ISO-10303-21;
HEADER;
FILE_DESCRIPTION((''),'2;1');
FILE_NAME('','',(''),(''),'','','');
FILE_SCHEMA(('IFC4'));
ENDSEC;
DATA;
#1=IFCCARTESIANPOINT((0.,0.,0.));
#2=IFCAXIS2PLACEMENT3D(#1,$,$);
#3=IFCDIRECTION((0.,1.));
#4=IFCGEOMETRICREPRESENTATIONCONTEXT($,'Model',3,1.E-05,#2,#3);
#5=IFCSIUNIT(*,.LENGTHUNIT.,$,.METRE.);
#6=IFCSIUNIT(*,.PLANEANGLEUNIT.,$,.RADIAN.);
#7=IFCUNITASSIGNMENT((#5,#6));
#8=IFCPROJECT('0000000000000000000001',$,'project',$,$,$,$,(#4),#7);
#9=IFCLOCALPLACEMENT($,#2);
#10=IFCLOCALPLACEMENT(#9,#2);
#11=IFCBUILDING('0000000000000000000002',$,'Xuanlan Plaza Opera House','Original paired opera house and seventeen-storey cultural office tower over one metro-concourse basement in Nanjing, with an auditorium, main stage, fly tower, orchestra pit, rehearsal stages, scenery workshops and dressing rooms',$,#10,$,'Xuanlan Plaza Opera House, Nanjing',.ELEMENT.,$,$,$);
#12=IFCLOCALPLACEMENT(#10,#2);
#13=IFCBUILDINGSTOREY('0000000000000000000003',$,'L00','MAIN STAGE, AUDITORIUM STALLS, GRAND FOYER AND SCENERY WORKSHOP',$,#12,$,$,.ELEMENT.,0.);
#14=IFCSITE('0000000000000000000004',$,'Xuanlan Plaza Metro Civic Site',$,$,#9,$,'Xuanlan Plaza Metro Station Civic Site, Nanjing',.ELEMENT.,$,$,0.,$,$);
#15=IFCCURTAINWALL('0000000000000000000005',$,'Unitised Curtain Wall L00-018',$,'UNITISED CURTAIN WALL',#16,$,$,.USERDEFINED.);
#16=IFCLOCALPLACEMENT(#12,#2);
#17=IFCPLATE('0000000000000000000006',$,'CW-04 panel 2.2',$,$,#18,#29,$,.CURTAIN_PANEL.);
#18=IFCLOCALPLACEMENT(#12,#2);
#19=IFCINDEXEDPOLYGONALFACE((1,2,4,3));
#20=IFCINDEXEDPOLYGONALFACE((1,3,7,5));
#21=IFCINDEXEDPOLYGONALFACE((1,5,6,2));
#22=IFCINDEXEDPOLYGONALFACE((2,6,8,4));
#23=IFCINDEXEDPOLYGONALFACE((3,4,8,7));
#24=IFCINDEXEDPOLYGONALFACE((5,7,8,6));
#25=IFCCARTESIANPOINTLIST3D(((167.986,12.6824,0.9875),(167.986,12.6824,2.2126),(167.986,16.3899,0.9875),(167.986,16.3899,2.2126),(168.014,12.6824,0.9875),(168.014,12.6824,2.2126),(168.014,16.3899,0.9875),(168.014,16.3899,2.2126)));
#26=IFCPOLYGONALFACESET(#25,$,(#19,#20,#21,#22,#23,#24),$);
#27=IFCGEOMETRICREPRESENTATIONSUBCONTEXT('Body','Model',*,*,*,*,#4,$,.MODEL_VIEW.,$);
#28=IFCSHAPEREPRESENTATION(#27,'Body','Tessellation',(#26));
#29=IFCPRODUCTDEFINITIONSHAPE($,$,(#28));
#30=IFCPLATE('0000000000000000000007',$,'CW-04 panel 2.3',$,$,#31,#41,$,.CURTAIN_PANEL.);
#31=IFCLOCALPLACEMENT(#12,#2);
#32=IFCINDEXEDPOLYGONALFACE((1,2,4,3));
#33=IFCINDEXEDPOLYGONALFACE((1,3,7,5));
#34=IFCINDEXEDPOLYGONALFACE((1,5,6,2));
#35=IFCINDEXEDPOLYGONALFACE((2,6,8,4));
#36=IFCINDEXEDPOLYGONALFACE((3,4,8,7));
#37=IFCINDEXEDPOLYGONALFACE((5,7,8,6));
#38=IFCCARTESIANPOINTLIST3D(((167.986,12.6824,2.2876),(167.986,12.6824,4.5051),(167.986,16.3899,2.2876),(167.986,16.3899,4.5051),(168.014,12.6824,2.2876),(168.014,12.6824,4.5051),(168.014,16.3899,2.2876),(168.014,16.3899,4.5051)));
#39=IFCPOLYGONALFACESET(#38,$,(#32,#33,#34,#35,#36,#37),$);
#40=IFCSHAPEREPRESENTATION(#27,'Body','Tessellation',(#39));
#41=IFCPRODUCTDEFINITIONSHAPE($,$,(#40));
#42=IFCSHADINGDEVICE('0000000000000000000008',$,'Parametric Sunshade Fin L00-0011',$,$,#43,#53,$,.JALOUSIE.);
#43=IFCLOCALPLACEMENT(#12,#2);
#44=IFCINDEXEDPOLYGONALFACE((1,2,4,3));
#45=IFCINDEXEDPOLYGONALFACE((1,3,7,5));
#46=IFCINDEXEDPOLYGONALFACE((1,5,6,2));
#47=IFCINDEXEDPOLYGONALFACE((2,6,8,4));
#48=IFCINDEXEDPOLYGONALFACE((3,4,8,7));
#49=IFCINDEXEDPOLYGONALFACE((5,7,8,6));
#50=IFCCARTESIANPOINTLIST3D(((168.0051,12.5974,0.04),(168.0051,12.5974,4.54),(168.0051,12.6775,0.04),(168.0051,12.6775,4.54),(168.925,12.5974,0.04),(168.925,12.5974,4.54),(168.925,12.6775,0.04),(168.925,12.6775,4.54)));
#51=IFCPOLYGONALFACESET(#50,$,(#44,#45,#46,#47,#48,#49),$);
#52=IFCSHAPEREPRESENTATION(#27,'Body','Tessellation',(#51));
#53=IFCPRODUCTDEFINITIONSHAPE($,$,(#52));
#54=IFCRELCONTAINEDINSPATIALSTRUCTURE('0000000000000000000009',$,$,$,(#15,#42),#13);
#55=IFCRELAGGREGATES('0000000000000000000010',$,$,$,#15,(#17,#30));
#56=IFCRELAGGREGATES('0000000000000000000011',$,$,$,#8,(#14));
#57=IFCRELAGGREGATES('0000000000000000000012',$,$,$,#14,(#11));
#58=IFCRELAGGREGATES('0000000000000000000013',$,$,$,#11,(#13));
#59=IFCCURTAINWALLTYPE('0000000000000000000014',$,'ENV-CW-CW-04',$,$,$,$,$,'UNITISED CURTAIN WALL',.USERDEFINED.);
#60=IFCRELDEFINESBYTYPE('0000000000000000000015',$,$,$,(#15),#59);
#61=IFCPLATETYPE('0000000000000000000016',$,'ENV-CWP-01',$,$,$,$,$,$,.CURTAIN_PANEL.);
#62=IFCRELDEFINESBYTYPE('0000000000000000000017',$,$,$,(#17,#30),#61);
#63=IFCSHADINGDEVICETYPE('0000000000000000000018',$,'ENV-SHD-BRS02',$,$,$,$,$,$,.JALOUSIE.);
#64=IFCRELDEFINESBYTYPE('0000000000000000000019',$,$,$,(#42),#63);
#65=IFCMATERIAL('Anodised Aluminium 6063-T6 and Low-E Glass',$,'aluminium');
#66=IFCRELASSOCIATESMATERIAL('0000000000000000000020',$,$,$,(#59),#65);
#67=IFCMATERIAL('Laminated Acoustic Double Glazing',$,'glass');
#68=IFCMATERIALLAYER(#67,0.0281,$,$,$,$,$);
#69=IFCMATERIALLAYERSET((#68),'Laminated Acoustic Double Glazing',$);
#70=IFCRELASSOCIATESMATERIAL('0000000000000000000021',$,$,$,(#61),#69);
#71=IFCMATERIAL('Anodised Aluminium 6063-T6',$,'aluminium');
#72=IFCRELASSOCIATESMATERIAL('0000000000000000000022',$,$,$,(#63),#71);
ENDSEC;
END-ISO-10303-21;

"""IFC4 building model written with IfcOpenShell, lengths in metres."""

from ifc_helpers import new_model, si_unit, direction, frame, origin, origin_2d, place, context, subcontext, project, spatial, rectangle, extrude, material, layer, layer_set, type_object, element, aggregate, save


model = new_model("IFC4")

# Units and contexts
model_context = context("Model", 3, precision=1e-05, world=origin(), true_north=direction((0.0, 1.0)))
body_context = subcontext(model_context, "Body", "Model", "MODEL_VIEW")
ifc_project = project(units=[si_unit("LENGTHUNIT", "METRE"), si_unit("PLANEANGLEUNIT", "RADIAN")], contexts=[model_context])

# Site, building, storey
site_placement = place(None, origin())
site = spatial("IfcSite", under=ifc_project, at=site_placement, Name="Xuanlan Plaza Metro Civic Site", LongName="Xuanlan Plaza Metro Station Civic Site, Nanjing", CompositionType="ELEMENT", RefElevation=0.0)
building_placement = place(site_placement, origin())
building = spatial("IfcBuilding", under=site, at=building_placement, Name="Xuanlan Plaza Opera House", Description="Original paired opera house and seventeen-storey cultural office tower over one metro-concourse basement in Nanjing, with an auditorium, main stage, fly tower, orchestra pit, rehearsal stages, scenery workshops and dressing rooms", LongName="Xuanlan Plaza Opera House, Nanjing", CompositionType="ELEMENT")
storey_placement = place(building_placement, origin())
storey = spatial("IfcBuildingStorey", under=building, at=storey_placement, Name="L00", Description="MAIN STAGE, AUDITORIUM STALLS, GRAND FOYER AND SCENERY WORKSHOP", CompositionType="ELEMENT", Elevation=0.0)

# Shared definitions
ifc_material_1 = material(Name="Anodised Aluminium 6063-T6 and Low-E Glass", Category="aluminium")
ifc_material_2 = material(Name="Anodised Aluminium 6063-T6", Category="aluminium")

# Curtain wall
curtain_wall_type_1 = type_object("IfcCurtainWallType", Name="ENV-CW-CW-04", ElementType="UNITISED CURTAIN WALL", PredefinedType="USERDEFINED", material=ifc_material_1)
curtain_wall_1_placement = place(storey_placement, origin())
curtain_wall_1 = element("IfcCurtainWall", 1, at=curtain_wall_1_placement, inside=storey, type_object=curtain_wall_type_1, Name="Unitised Curtain Wall L00-018", ObjectType="UNITISED CURTAIN WALL", PredefinedType="USERDEFINED")

# Plates
ifc_material_3 = material(Name="Laminated Acoustic Double Glazing", Category="glass")
ifc_layer = layer(ifc_material_3, 0.0281)
ifc_layer_set = layer_set([ifc_layer], Name="Laminated Acoustic Double Glazing")
plate_type = type_object("IfcPlateType", Name="ENV-CWP-01", PredefinedType="CURTAIN_PANEL", material=ifc_layer_set)
plate_1_placement = place(storey_placement, frame((168.0, 14.5361, 0.9875), z_axis=(0.0, 0.0, 1.0), x_axis=(0.0, 1.0, 0.0)))
plate_1 = element("IfcPlate", 2, at=plate_1_placement, type_object=plate_type, Name="CW-04 panel 2.2", PredefinedType="CURTAIN_PANEL", context=body_context, shape_type="SweptSolid", body=[
    extrude(rectangle(XDim=3.7075, YDim=0.0281, at=origin_2d()), origin(), (0.0, 0.0, 1.0), 1.2251),
])
plate_2_placement = place(storey_placement, frame((168.0, 14.5361, 2.2876), z_axis=(0.0, 0.0, 1.0), x_axis=(0.0, 1.0, 0.0)))
plate_2 = element("IfcPlate", 3, at=plate_2_placement, type_object=plate_type, Name="CW-04 panel 2.3", PredefinedType="CURTAIN_PANEL", context=body_context, shape_type="SweptSolid", body=[
    extrude(rectangle(XDim=3.7075, YDim=0.0281, at=origin_2d()), origin(), (0.0, 0.0, 1.0), 2.2175),
])
aggregate(curtain_wall_1, [plate_1, plate_2])

# Shading device
shading_device_type = type_object("IfcShadingDeviceType", Name="ENV-SHD-BRS02", PredefinedType="JALOUSIE", material=ifc_material_2)
shading_device_placement = place(storey_placement, frame((168.4651, 12.6375, 0.04), z_axis=(0.0, 0.0, 1.0), x_axis=(1.0, 0.0, 0.0)))
element("IfcShadingDevice", 4, at=shading_device_placement, inside=storey, type_object=shading_device_type, Name="Parametric Sunshade Fin L00-0011", PredefinedType="JALOUSIE", context=body_context, shape_type="SweptSolid", body=[
    extrude(rectangle(XDim=0.9199, YDim=0.0801, at=origin_2d()), origin(), (0.0, 0.0, 1.0), 4.5),
])

save(model, "model.ifc")
